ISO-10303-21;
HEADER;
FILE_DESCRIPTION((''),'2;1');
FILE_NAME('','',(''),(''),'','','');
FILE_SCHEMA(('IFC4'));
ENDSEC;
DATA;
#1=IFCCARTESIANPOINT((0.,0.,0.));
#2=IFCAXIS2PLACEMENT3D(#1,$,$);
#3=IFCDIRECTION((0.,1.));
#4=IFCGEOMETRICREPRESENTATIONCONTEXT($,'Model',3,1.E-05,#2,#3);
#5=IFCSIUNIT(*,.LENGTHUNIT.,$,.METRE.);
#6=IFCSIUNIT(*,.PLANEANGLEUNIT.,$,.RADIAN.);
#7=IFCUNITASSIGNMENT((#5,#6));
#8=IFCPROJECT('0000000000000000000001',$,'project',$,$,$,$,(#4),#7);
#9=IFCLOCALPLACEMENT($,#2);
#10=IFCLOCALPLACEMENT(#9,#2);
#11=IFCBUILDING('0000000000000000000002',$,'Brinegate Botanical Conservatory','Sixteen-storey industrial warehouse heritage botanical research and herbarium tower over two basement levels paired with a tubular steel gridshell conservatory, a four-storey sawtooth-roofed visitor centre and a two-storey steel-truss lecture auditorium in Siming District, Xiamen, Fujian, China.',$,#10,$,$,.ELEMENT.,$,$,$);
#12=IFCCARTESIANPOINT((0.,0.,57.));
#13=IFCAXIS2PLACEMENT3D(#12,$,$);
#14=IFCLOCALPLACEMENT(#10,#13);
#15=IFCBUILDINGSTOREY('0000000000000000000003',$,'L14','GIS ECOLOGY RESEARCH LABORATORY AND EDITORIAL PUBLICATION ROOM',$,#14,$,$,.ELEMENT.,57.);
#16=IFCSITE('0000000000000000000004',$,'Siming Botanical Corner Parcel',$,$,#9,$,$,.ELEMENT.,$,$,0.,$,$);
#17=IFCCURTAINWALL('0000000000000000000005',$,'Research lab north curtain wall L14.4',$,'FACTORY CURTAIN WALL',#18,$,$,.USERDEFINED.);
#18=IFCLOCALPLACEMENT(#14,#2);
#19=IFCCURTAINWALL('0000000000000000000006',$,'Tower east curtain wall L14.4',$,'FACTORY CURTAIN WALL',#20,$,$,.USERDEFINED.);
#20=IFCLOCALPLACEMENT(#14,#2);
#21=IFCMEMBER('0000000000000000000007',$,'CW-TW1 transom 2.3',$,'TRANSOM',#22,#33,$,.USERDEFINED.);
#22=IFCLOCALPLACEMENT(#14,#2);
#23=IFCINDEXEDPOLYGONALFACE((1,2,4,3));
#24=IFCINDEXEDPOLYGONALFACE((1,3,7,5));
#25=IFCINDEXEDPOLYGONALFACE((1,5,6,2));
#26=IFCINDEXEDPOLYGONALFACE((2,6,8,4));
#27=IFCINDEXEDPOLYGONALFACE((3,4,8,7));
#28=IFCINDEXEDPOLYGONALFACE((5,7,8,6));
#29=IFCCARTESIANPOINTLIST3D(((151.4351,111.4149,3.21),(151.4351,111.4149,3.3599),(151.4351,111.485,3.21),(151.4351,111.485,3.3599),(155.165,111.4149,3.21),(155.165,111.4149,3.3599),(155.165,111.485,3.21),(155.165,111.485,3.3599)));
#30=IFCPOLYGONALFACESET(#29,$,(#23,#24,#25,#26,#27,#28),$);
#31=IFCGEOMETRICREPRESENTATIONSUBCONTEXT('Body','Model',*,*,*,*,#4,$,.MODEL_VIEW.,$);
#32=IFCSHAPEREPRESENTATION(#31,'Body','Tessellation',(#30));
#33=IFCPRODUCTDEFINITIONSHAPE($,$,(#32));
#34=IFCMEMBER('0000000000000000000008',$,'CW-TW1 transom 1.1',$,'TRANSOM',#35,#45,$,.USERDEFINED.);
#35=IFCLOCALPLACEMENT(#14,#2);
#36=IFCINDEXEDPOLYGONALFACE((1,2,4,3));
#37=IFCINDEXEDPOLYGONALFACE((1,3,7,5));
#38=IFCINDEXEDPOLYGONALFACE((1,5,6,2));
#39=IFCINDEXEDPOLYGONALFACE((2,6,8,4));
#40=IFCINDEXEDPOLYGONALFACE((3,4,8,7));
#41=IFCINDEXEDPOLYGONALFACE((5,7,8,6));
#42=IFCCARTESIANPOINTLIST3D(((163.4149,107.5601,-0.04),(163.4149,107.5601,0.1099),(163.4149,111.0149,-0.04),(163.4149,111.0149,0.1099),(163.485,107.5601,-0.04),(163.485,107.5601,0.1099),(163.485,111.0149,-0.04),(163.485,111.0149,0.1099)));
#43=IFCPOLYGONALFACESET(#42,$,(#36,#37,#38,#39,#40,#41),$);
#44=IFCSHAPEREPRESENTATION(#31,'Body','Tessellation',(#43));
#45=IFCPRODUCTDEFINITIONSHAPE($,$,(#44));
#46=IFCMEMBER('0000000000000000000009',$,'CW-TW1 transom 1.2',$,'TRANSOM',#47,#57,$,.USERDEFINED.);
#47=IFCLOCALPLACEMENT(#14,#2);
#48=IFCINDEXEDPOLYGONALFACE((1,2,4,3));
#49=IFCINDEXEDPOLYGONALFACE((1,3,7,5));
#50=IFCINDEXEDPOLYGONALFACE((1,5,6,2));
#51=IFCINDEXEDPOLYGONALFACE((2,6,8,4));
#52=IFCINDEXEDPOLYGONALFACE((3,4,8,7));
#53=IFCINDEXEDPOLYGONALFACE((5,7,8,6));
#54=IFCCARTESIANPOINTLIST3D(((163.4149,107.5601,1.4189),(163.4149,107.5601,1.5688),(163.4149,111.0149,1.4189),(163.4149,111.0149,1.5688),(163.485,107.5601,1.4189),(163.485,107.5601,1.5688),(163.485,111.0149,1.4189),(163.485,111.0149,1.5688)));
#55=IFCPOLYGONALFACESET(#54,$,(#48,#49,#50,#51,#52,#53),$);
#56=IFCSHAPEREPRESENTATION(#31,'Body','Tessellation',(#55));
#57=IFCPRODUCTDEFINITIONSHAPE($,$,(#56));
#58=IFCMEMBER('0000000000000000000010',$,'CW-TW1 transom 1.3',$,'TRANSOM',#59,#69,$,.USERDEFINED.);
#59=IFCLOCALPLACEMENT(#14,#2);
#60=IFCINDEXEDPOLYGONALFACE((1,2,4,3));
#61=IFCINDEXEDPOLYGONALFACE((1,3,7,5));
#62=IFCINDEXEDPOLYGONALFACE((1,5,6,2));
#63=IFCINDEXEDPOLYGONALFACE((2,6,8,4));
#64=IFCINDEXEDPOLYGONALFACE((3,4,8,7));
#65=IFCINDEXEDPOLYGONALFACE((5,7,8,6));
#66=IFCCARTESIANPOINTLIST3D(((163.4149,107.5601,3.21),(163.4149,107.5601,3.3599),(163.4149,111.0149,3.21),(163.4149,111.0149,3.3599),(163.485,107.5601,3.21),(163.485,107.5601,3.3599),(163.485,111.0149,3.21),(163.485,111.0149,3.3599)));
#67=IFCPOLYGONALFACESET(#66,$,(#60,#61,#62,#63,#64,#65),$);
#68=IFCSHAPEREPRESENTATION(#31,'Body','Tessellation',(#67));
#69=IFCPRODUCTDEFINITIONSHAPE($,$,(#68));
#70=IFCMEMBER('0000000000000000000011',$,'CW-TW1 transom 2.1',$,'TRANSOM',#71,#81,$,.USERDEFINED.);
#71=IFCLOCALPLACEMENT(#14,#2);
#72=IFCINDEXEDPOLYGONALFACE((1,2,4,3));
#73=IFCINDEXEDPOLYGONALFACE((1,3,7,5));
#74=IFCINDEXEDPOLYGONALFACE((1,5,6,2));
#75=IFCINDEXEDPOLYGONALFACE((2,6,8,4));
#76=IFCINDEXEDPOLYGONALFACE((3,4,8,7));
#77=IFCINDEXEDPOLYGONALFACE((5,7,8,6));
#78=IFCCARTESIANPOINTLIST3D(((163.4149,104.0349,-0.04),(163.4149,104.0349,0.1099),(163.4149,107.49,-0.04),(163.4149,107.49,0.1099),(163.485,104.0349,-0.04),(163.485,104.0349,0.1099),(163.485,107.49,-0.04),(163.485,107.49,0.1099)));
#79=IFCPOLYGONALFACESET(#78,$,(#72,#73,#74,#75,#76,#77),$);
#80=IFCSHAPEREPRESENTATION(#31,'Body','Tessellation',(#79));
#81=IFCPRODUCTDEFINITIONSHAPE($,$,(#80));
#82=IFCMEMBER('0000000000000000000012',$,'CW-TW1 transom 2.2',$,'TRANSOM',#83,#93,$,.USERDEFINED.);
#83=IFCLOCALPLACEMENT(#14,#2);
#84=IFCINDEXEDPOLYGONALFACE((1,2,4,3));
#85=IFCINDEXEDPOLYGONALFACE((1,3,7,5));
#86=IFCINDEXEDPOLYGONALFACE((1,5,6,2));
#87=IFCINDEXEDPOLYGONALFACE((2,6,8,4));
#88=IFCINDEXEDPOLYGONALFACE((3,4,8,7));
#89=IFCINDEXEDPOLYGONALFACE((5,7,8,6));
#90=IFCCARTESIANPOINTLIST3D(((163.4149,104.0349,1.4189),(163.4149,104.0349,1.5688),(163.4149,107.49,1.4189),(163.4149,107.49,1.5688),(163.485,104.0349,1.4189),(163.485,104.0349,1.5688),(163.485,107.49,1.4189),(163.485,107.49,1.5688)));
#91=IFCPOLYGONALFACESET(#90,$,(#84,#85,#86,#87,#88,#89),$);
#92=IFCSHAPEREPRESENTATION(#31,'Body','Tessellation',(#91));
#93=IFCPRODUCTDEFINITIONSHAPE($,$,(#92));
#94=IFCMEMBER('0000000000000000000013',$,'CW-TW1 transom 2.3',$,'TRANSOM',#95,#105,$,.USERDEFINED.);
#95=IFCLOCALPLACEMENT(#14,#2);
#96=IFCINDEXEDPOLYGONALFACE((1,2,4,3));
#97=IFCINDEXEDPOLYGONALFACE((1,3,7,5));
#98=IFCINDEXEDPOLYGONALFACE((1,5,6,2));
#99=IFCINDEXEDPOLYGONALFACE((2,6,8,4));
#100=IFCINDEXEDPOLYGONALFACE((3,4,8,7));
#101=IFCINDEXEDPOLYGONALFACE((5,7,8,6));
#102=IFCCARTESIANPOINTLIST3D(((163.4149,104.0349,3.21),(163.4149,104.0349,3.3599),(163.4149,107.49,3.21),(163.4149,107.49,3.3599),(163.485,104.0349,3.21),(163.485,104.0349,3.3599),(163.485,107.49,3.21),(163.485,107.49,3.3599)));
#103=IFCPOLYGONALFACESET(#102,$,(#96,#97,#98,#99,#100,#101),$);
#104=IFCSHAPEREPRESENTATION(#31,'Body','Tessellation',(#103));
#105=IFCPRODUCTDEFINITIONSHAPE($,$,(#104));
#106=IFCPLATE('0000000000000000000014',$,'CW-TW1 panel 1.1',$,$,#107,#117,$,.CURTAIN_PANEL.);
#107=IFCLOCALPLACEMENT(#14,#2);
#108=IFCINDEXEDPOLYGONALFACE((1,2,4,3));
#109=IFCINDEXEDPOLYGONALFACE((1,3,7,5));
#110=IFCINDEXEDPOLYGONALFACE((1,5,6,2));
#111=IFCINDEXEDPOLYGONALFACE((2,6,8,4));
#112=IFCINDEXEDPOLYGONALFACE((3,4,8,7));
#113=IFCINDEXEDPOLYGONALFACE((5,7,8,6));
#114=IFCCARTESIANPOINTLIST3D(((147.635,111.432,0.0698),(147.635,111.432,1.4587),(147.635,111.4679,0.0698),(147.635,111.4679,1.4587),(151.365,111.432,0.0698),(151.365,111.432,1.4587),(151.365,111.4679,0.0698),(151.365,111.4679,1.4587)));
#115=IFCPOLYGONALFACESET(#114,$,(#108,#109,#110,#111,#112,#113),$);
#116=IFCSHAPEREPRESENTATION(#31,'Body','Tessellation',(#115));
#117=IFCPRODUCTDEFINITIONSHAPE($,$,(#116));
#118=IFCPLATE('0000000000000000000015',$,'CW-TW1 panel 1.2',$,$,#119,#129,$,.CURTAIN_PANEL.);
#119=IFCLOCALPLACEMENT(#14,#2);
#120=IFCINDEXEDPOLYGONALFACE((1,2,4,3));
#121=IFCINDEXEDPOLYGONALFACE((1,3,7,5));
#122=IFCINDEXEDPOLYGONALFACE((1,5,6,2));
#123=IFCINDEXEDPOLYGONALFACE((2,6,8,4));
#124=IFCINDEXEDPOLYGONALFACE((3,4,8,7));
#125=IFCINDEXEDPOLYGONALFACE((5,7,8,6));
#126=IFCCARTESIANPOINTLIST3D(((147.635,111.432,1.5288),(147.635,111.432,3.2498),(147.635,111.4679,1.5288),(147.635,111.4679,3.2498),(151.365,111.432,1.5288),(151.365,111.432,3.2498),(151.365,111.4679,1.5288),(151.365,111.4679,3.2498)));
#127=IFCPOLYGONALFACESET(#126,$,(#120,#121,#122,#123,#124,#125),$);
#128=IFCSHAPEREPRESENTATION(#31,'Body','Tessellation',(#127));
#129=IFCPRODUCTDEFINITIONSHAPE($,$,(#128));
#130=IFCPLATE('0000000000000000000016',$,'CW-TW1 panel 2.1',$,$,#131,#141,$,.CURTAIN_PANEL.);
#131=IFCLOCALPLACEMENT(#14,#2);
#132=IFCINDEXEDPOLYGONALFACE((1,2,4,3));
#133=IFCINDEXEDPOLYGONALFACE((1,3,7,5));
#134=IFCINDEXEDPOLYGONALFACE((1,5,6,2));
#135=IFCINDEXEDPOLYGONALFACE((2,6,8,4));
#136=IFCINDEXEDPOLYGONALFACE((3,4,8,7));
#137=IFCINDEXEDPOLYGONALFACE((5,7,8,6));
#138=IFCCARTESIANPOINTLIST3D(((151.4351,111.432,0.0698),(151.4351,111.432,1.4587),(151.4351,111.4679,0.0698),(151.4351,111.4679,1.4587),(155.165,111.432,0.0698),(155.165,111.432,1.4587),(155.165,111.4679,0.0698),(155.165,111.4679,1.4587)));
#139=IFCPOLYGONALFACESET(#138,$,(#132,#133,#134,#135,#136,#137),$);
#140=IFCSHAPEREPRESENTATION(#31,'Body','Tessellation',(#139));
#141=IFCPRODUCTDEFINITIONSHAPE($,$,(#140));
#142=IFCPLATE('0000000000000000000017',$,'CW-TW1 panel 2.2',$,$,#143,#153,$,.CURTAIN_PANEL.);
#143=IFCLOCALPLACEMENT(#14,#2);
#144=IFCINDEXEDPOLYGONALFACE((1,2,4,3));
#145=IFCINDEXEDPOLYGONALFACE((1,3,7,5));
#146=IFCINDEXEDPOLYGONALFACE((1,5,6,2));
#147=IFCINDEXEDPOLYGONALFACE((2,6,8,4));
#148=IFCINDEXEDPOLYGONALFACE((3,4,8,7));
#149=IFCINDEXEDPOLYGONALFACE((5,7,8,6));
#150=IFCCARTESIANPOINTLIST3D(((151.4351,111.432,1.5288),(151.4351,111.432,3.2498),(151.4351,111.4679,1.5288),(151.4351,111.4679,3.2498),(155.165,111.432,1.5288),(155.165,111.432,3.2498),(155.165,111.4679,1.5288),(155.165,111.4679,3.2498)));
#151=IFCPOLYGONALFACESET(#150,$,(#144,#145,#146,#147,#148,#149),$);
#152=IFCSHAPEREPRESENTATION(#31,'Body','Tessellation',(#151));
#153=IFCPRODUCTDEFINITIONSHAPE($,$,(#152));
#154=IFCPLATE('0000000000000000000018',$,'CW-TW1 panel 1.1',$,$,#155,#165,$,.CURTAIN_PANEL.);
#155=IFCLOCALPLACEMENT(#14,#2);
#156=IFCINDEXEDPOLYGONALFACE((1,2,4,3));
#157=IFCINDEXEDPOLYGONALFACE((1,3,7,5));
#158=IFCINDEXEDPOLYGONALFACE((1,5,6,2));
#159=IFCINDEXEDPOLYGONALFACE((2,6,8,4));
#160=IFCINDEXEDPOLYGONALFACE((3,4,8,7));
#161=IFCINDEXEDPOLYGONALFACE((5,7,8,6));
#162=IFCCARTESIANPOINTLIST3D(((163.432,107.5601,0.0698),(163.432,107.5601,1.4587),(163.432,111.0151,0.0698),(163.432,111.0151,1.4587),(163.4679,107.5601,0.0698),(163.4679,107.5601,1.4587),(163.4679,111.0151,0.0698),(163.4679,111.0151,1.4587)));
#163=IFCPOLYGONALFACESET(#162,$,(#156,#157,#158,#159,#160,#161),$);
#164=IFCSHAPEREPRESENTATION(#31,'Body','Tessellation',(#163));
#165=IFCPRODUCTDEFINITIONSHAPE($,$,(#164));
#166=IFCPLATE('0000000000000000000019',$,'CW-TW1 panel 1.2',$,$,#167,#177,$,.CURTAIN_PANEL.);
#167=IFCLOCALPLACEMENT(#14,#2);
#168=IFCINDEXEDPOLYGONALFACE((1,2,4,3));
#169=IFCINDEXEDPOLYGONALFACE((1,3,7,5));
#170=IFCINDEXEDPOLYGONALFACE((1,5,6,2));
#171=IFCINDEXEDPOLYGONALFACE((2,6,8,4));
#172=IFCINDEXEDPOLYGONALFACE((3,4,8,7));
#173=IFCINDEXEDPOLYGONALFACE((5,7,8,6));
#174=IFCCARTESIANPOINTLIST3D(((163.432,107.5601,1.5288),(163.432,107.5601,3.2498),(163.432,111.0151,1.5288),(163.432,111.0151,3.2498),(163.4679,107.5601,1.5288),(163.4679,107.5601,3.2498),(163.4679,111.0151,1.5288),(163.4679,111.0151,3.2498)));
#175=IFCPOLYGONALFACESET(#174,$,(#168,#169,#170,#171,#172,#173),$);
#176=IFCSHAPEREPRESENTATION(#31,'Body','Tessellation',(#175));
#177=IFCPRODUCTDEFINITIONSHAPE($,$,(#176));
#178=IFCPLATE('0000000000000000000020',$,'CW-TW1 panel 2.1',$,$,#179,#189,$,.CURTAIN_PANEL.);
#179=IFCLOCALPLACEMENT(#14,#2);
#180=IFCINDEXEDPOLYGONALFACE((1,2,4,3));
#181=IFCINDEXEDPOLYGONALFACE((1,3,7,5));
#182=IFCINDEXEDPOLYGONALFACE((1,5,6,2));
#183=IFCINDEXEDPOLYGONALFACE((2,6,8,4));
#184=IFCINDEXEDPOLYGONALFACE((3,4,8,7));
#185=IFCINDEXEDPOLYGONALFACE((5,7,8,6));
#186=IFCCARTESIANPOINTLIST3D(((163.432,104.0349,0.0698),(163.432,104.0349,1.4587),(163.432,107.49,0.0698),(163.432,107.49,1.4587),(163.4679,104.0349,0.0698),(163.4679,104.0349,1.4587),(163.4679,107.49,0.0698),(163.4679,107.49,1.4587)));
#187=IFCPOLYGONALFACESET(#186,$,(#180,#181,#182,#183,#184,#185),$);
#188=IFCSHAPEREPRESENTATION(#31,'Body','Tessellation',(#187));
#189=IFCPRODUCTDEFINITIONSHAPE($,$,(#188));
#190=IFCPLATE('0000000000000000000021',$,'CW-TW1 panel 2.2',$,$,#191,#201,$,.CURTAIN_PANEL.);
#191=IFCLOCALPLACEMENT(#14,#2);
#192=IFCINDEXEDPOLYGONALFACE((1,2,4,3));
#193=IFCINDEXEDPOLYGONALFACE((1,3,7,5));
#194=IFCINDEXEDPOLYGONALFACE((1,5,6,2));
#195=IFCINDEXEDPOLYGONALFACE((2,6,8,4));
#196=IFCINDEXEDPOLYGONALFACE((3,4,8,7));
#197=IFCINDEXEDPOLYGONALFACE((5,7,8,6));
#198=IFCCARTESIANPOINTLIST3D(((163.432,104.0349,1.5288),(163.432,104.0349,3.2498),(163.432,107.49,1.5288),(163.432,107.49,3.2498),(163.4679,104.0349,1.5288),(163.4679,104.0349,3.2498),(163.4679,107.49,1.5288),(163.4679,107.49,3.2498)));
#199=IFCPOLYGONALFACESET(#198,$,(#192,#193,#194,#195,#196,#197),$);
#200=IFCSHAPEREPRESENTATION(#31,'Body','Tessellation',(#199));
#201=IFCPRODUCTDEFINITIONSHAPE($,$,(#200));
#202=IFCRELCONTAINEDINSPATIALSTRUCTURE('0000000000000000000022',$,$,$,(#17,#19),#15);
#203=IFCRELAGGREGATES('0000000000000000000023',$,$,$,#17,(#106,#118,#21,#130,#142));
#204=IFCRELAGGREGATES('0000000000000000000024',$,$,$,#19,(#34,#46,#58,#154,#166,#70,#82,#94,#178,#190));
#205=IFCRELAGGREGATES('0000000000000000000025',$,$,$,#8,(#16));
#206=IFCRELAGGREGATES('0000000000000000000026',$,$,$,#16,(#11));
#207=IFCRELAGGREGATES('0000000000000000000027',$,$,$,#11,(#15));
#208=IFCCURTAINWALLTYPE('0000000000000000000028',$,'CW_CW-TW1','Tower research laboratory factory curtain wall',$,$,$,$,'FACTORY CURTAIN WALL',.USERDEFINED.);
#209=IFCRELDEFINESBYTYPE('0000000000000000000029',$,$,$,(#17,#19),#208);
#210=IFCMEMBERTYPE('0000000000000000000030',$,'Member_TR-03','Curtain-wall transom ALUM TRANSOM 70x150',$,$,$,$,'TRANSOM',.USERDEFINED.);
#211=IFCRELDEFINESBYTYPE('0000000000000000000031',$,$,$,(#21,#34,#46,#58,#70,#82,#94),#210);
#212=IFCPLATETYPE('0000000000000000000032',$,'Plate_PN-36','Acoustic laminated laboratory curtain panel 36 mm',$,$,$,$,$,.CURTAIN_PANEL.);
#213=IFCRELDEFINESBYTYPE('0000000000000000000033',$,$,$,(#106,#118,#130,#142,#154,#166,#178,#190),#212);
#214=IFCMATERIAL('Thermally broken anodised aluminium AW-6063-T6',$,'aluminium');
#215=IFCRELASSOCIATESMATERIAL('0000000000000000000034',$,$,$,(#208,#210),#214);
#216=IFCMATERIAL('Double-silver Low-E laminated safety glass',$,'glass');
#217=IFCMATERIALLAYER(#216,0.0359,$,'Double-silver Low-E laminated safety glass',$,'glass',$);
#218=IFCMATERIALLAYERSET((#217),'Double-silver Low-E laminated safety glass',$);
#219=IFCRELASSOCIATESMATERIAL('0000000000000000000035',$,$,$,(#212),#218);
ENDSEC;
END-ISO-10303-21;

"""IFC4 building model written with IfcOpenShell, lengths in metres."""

from ifc_helpers import new_model, si_unit, direction, frame, origin, origin_2d, place, context, subcontext, project, spatial, rectangle, extrude, material, layer, layer_set, material_profile, profile_set, type_object, element, aggregate, save


model = new_model("IFC4")

# Units and contexts
model_context = context("Model", 3, precision=1e-05, world=origin(), true_north=direction((0.0, 1.0)))
body_context = subcontext(model_context, "Body", "Model", "MODEL_VIEW")
ifc_project = project(units=[si_unit("LENGTHUNIT", "METRE"), si_unit("PLANEANGLEUNIT", "RADIAN")], contexts=[model_context])

# Site, building, storey
site_placement = place(None, origin())
site = spatial("IfcSite", under=ifc_project, at=site_placement, Name="Siming Botanical Corner Parcel", CompositionType="ELEMENT", RefElevation=0.0)
building_placement = place(site_placement, origin())
building = spatial("IfcBuilding", under=site, at=building_placement, Name="Brinegate Botanical Conservatory", Description="Sixteen-storey industrial warehouse heritage botanical research and herbarium tower over two basement levels paired with a tubular steel gridshell conservatory, a four-storey sawtooth-roofed visitor centre and a two-storey steel-truss lecture auditorium in Siming District, Xiamen, Fujian, China.", CompositionType="ELEMENT")
storey_placement = place(building_placement, frame((0.0, 0.0, 57.0)))
storey = spatial("IfcBuildingStorey", under=building, at=storey_placement, Name="L14", Description="GIS ECOLOGY RESEARCH LABORATORY AND EDITORIAL PUBLICATION ROOM", CompositionType="ELEMENT", Elevation=57.0)

# Curtain walls
ifc_material_1 = material(Name="Thermally broken anodised aluminium AW-6063-T6", Category="aluminium")
curtain_wall_type = type_object("IfcCurtainWallType", Name="CW_CW-TW1", Description="Tower research laboratory factory curtain wall", ElementType="FACTORY CURTAIN WALL", PredefinedType="USERDEFINED", material=ifc_material_1)
curtain_wall_1_placement = place(storey_placement, origin())
curtain_wall_1 = element("IfcCurtainWall", 1, at=curtain_wall_1_placement, inside=storey, type_object=curtain_wall_type, Name="Research lab north curtain wall L14.4", ObjectType="FACTORY CURTAIN WALL", PredefinedType="USERDEFINED")
curtain_wall_2_placement = place(storey_placement, origin())
curtain_wall_2 = element("IfcCurtainWall", 2, at=curtain_wall_2_placement, inside=storey, type_object=curtain_wall_type, Name="Tower east curtain wall L14.4", ObjectType="FACTORY CURTAIN WALL", PredefinedType="USERDEFINED")

# Members
ifc_material_profile_1 = material_profile(ifc_material_1, rectangle(XDim=0.0701, YDim=0.1499, at=origin_2d()), Name="ALUM TRANSOM 70x150")
ifc_profile_set_1 = profile_set([ifc_material_profile_1], Name="Thermally broken anodised aluminium AW-6063-T6")
member_type_1 = type_object("IfcMemberType", Name="Member_TR-03", Description="Curtain-wall transom ALUM TRANSOM 70x150", ElementType="TRANSOM", PredefinedType="USERDEFINED", material=ifc_profile_set_1)
member_1_placement = place(storey_placement, frame((151.4351, 111.45, 3.2849), z_axis=(1.0, 0.0, 0.0), x_axis=(0.0, 1.0, 0.0)))
member_1 = element("IfcMember", 3, at=member_1_placement, type_object=member_type_1, Name="CW-TW1 transom 2.3", ObjectType="TRANSOM", PredefinedType="USERDEFINED", context=body_context, shape_type="SweptSolid", body=[
    extrude(rectangle(XDim=0.0701, YDim=0.1499, at=origin_2d()), origin(), (0.0, 0.0, 1.0), 3.73),
])
member_2_placement = place(storey_placement, frame((163.45, 111.0149, 0.0349), z_axis=(0.0, -1.0, 0.0), x_axis=(1.0, 0.0, 0.0)))
member_2 = element("IfcMember", 4, at=member_2_placement, type_object=member_type_1, Name="CW-TW1 transom 1.1", ObjectType="TRANSOM", PredefinedType="USERDEFINED", context=body_context, shape_type="SweptSolid", body=[
    extrude(rectangle(XDim=0.0701, YDim=0.1499, at=origin_2d()), origin(), (0.0, 0.0, 1.0), 3.4548),
])
member_3_placement = place(storey_placement, frame((163.45, 111.0149, 1.4939), z_axis=(0.0, -1.0, 0.0), x_axis=(1.0, 0.0, 0.0)))
member_3 = element("IfcMember", 5, at=member_3_placement, type_object=member_type_1, Name="CW-TW1 transom 1.2", ObjectType="TRANSOM", PredefinedType="USERDEFINED", context=body_context, shape_type="SweptSolid", body=[
    extrude(rectangle(XDim=0.0701, YDim=0.1499, at=origin_2d()), origin(), (0.0, 0.0, 1.0), 3.4548),
])
member_4_placement = place(storey_placement, frame((163.45, 111.0149, 3.2849), z_axis=(0.0, -1.0, 0.0), x_axis=(1.0, 0.0, 0.0)))
member_4 = element("IfcMember", 6, at=member_4_placement, type_object=member_type_1, Name="CW-TW1 transom 1.3", ObjectType="TRANSOM", PredefinedType="USERDEFINED", context=body_context, shape_type="SweptSolid", body=[
    extrude(rectangle(XDim=0.0701, YDim=0.1499, at=origin_2d()), origin(), (0.0, 0.0, 1.0), 3.4548),
])
member_5_placement = place(storey_placement, frame((163.45, 107.49, 0.0349), z_axis=(0.0, -1.0, 0.0), x_axis=(1.0, 0.0, 0.0)))
member_5 = element("IfcMember", 7, at=member_5_placement, type_object=member_type_1, Name="CW-TW1 transom 2.1", ObjectType="TRANSOM", PredefinedType="USERDEFINED", context=body_context, shape_type="SweptSolid", body=[
    extrude(rectangle(XDim=0.0701, YDim=0.1499, at=origin_2d()), origin(), (0.0, 0.0, 1.0), 3.4551),
])
member_6_placement = place(storey_placement, frame((163.45, 107.49, 1.4939), z_axis=(0.0, -1.0, 0.0), x_axis=(1.0, 0.0, 0.0)))
member_6 = element("IfcMember", 8, at=member_6_placement, type_object=member_type_1, Name="CW-TW1 transom 2.2", ObjectType="TRANSOM", PredefinedType="USERDEFINED", context=body_context, shape_type="SweptSolid", body=[
    extrude(rectangle(XDim=0.0701, YDim=0.1499, at=origin_2d()), origin(), (0.0, 0.0, 1.0), 3.4551),
])
member_7_placement = place(storey_placement, frame((163.45, 107.49, 3.2849), z_axis=(0.0, -1.0, 0.0), x_axis=(1.0, 0.0, 0.0)))
member_7 = element("IfcMember", 9, at=member_7_placement, type_object=member_type_1, Name="CW-TW1 transom 2.3", ObjectType="TRANSOM", PredefinedType="USERDEFINED", context=body_context, shape_type="SweptSolid", body=[
    extrude(rectangle(XDim=0.0701, YDim=0.1499, at=origin_2d()), origin(), (0.0, 0.0, 1.0), 3.4551),
])

# Plates
ifc_material_2 = material(Name="Double-silver Low-E laminated safety glass", Category="glass")
ifc_layer_1 = layer(ifc_material_2, 0.0359, Name="Double-silver Low-E laminated safety glass", Category="glass")
ifc_layer_set_1 = layer_set([ifc_layer_1], Name="Double-silver Low-E laminated safety glass")
plate_type = type_object("IfcPlateType", Name="Plate_PN-36", Description="Acoustic laminated laboratory curtain panel 36 mm", PredefinedType="CURTAIN_PANEL", material=ifc_layer_set_1)
plate_1_placement = place(storey_placement, frame((149.5, 111.45, 0.0698), z_axis=(0.0, 0.0, 1.0), x_axis=(1.0, 0.0, 0.0)))
plate_1 = element("IfcPlate", 10, at=plate_1_placement, type_object=plate_type, Name="CW-TW1 panel 1.1", PredefinedType="CURTAIN_PANEL", context=body_context, shape_type="SweptSolid", body=[
    extrude(rectangle(XDim=3.73, YDim=0.0359, at=origin_2d()), origin(), (0.0, 0.0, 1.0), 1.3889),
])
plate_2_placement = place(storey_placement, frame((149.5, 111.45, 1.5288), z_axis=(0.0, 0.0, 1.0), x_axis=(1.0, 0.0, 0.0)))
plate_2 = element("IfcPlate", 11, at=plate_2_placement, type_object=plate_type, Name="CW-TW1 panel 1.2", PredefinedType="CURTAIN_PANEL", context=body_context, shape_type="SweptSolid", body=[
    extrude(rectangle(XDim=3.73, YDim=0.0359, at=origin_2d()), origin(), (0.0, 0.0, 1.0), 1.7209),
])
plate_3_placement = place(storey_placement, frame((153.3, 111.45, 0.0698), z_axis=(0.0, 0.0, 1.0), x_axis=(1.0, 0.0, 0.0)))
plate_3 = element("IfcPlate", 12, at=plate_3_placement, type_object=plate_type, Name="CW-TW1 panel 2.1", PredefinedType="CURTAIN_PANEL", context=body_context, shape_type="SweptSolid", body=[
    extrude(rectangle(XDim=3.73, YDim=0.0359, at=origin_2d()), origin(), (0.0, 0.0, 1.0), 1.3889),
])
plate_4_placement = place(storey_placement, frame((153.3, 111.45, 1.5288), z_axis=(0.0, 0.0, 1.0), x_axis=(1.0, 0.0, 0.0)))
plate_4 = element("IfcPlate", 13, at=plate_4_placement, type_object=plate_type, Name="CW-TW1 panel 2.2", PredefinedType="CURTAIN_PANEL", context=body_context, shape_type="SweptSolid", body=[
    extrude(rectangle(XDim=3.73, YDim=0.0359, at=origin_2d()), origin(), (0.0, 0.0, 1.0), 1.7209),
])
aggregate(curtain_wall_1, [plate_1, plate_2, member_1, plate_3, plate_4])
plate_5_placement = place(storey_placement, frame((163.45, 109.2876, 0.0698), z_axis=(0.0, 0.0, 1.0), x_axis=(0.0, -1.0, 0.0)))
plate_5 = element("IfcPlate", 14, at=plate_5_placement, type_object=plate_type, Name="CW-TW1 panel 1.1", PredefinedType="CURTAIN_PANEL", context=body_context, shape_type="SweptSolid", body=[
    extrude(rectangle(XDim=3.4551, YDim=0.0359, at=origin_2d()), origin(), (0.0, 0.0, 1.0), 1.3889),
])
plate_6_placement = place(storey_placement, frame((163.45, 109.2876, 1.5288), z_axis=(0.0, 0.0, 1.0), x_axis=(0.0, -1.0, 0.0)))
plate_6 = element("IfcPlate", 15, at=plate_6_placement, type_object=plate_type, Name="CW-TW1 panel 1.2", PredefinedType="CURTAIN_PANEL", context=body_context, shape_type="SweptSolid", body=[
    extrude(rectangle(XDim=3.4551, YDim=0.0359, at=origin_2d()), origin(), (0.0, 0.0, 1.0), 1.7209),
])
plate_7_placement = place(storey_placement, frame((163.45, 105.7625, 0.0698), z_axis=(0.0, 0.0, 1.0), x_axis=(0.0, -1.0, 0.0)))
plate_7 = element("IfcPlate", 16, at=plate_7_placement, type_object=plate_type, Name="CW-TW1 panel 2.1", PredefinedType="CURTAIN_PANEL", context=body_context, shape_type="SweptSolid", body=[
    extrude(rectangle(XDim=3.4551, YDim=0.0359, at=origin_2d()), origin(), (0.0, 0.0, 1.0), 1.3889),
])
plate_8_placement = place(storey_placement, frame((163.45, 105.7625, 1.5288), z_axis=(0.0, 0.0, 1.0), x_axis=(0.0, -1.0, 0.0)))
plate_8 = element("IfcPlate", 17, at=plate_8_placement, type_object=plate_type, Name="CW-TW1 panel 2.2", PredefinedType="CURTAIN_PANEL", context=body_context, shape_type="SweptSolid", body=[
    extrude(rectangle(XDim=3.4551, YDim=0.0359, at=origin_2d()), origin(), (0.0, 0.0, 1.0), 1.7209),
])
aggregate(curtain_wall_2, [member_2, member_3, member_4, plate_5, plate_6, member_5, member_6, member_7, plate_7, plate_8])

save(model, "model.ifc")
